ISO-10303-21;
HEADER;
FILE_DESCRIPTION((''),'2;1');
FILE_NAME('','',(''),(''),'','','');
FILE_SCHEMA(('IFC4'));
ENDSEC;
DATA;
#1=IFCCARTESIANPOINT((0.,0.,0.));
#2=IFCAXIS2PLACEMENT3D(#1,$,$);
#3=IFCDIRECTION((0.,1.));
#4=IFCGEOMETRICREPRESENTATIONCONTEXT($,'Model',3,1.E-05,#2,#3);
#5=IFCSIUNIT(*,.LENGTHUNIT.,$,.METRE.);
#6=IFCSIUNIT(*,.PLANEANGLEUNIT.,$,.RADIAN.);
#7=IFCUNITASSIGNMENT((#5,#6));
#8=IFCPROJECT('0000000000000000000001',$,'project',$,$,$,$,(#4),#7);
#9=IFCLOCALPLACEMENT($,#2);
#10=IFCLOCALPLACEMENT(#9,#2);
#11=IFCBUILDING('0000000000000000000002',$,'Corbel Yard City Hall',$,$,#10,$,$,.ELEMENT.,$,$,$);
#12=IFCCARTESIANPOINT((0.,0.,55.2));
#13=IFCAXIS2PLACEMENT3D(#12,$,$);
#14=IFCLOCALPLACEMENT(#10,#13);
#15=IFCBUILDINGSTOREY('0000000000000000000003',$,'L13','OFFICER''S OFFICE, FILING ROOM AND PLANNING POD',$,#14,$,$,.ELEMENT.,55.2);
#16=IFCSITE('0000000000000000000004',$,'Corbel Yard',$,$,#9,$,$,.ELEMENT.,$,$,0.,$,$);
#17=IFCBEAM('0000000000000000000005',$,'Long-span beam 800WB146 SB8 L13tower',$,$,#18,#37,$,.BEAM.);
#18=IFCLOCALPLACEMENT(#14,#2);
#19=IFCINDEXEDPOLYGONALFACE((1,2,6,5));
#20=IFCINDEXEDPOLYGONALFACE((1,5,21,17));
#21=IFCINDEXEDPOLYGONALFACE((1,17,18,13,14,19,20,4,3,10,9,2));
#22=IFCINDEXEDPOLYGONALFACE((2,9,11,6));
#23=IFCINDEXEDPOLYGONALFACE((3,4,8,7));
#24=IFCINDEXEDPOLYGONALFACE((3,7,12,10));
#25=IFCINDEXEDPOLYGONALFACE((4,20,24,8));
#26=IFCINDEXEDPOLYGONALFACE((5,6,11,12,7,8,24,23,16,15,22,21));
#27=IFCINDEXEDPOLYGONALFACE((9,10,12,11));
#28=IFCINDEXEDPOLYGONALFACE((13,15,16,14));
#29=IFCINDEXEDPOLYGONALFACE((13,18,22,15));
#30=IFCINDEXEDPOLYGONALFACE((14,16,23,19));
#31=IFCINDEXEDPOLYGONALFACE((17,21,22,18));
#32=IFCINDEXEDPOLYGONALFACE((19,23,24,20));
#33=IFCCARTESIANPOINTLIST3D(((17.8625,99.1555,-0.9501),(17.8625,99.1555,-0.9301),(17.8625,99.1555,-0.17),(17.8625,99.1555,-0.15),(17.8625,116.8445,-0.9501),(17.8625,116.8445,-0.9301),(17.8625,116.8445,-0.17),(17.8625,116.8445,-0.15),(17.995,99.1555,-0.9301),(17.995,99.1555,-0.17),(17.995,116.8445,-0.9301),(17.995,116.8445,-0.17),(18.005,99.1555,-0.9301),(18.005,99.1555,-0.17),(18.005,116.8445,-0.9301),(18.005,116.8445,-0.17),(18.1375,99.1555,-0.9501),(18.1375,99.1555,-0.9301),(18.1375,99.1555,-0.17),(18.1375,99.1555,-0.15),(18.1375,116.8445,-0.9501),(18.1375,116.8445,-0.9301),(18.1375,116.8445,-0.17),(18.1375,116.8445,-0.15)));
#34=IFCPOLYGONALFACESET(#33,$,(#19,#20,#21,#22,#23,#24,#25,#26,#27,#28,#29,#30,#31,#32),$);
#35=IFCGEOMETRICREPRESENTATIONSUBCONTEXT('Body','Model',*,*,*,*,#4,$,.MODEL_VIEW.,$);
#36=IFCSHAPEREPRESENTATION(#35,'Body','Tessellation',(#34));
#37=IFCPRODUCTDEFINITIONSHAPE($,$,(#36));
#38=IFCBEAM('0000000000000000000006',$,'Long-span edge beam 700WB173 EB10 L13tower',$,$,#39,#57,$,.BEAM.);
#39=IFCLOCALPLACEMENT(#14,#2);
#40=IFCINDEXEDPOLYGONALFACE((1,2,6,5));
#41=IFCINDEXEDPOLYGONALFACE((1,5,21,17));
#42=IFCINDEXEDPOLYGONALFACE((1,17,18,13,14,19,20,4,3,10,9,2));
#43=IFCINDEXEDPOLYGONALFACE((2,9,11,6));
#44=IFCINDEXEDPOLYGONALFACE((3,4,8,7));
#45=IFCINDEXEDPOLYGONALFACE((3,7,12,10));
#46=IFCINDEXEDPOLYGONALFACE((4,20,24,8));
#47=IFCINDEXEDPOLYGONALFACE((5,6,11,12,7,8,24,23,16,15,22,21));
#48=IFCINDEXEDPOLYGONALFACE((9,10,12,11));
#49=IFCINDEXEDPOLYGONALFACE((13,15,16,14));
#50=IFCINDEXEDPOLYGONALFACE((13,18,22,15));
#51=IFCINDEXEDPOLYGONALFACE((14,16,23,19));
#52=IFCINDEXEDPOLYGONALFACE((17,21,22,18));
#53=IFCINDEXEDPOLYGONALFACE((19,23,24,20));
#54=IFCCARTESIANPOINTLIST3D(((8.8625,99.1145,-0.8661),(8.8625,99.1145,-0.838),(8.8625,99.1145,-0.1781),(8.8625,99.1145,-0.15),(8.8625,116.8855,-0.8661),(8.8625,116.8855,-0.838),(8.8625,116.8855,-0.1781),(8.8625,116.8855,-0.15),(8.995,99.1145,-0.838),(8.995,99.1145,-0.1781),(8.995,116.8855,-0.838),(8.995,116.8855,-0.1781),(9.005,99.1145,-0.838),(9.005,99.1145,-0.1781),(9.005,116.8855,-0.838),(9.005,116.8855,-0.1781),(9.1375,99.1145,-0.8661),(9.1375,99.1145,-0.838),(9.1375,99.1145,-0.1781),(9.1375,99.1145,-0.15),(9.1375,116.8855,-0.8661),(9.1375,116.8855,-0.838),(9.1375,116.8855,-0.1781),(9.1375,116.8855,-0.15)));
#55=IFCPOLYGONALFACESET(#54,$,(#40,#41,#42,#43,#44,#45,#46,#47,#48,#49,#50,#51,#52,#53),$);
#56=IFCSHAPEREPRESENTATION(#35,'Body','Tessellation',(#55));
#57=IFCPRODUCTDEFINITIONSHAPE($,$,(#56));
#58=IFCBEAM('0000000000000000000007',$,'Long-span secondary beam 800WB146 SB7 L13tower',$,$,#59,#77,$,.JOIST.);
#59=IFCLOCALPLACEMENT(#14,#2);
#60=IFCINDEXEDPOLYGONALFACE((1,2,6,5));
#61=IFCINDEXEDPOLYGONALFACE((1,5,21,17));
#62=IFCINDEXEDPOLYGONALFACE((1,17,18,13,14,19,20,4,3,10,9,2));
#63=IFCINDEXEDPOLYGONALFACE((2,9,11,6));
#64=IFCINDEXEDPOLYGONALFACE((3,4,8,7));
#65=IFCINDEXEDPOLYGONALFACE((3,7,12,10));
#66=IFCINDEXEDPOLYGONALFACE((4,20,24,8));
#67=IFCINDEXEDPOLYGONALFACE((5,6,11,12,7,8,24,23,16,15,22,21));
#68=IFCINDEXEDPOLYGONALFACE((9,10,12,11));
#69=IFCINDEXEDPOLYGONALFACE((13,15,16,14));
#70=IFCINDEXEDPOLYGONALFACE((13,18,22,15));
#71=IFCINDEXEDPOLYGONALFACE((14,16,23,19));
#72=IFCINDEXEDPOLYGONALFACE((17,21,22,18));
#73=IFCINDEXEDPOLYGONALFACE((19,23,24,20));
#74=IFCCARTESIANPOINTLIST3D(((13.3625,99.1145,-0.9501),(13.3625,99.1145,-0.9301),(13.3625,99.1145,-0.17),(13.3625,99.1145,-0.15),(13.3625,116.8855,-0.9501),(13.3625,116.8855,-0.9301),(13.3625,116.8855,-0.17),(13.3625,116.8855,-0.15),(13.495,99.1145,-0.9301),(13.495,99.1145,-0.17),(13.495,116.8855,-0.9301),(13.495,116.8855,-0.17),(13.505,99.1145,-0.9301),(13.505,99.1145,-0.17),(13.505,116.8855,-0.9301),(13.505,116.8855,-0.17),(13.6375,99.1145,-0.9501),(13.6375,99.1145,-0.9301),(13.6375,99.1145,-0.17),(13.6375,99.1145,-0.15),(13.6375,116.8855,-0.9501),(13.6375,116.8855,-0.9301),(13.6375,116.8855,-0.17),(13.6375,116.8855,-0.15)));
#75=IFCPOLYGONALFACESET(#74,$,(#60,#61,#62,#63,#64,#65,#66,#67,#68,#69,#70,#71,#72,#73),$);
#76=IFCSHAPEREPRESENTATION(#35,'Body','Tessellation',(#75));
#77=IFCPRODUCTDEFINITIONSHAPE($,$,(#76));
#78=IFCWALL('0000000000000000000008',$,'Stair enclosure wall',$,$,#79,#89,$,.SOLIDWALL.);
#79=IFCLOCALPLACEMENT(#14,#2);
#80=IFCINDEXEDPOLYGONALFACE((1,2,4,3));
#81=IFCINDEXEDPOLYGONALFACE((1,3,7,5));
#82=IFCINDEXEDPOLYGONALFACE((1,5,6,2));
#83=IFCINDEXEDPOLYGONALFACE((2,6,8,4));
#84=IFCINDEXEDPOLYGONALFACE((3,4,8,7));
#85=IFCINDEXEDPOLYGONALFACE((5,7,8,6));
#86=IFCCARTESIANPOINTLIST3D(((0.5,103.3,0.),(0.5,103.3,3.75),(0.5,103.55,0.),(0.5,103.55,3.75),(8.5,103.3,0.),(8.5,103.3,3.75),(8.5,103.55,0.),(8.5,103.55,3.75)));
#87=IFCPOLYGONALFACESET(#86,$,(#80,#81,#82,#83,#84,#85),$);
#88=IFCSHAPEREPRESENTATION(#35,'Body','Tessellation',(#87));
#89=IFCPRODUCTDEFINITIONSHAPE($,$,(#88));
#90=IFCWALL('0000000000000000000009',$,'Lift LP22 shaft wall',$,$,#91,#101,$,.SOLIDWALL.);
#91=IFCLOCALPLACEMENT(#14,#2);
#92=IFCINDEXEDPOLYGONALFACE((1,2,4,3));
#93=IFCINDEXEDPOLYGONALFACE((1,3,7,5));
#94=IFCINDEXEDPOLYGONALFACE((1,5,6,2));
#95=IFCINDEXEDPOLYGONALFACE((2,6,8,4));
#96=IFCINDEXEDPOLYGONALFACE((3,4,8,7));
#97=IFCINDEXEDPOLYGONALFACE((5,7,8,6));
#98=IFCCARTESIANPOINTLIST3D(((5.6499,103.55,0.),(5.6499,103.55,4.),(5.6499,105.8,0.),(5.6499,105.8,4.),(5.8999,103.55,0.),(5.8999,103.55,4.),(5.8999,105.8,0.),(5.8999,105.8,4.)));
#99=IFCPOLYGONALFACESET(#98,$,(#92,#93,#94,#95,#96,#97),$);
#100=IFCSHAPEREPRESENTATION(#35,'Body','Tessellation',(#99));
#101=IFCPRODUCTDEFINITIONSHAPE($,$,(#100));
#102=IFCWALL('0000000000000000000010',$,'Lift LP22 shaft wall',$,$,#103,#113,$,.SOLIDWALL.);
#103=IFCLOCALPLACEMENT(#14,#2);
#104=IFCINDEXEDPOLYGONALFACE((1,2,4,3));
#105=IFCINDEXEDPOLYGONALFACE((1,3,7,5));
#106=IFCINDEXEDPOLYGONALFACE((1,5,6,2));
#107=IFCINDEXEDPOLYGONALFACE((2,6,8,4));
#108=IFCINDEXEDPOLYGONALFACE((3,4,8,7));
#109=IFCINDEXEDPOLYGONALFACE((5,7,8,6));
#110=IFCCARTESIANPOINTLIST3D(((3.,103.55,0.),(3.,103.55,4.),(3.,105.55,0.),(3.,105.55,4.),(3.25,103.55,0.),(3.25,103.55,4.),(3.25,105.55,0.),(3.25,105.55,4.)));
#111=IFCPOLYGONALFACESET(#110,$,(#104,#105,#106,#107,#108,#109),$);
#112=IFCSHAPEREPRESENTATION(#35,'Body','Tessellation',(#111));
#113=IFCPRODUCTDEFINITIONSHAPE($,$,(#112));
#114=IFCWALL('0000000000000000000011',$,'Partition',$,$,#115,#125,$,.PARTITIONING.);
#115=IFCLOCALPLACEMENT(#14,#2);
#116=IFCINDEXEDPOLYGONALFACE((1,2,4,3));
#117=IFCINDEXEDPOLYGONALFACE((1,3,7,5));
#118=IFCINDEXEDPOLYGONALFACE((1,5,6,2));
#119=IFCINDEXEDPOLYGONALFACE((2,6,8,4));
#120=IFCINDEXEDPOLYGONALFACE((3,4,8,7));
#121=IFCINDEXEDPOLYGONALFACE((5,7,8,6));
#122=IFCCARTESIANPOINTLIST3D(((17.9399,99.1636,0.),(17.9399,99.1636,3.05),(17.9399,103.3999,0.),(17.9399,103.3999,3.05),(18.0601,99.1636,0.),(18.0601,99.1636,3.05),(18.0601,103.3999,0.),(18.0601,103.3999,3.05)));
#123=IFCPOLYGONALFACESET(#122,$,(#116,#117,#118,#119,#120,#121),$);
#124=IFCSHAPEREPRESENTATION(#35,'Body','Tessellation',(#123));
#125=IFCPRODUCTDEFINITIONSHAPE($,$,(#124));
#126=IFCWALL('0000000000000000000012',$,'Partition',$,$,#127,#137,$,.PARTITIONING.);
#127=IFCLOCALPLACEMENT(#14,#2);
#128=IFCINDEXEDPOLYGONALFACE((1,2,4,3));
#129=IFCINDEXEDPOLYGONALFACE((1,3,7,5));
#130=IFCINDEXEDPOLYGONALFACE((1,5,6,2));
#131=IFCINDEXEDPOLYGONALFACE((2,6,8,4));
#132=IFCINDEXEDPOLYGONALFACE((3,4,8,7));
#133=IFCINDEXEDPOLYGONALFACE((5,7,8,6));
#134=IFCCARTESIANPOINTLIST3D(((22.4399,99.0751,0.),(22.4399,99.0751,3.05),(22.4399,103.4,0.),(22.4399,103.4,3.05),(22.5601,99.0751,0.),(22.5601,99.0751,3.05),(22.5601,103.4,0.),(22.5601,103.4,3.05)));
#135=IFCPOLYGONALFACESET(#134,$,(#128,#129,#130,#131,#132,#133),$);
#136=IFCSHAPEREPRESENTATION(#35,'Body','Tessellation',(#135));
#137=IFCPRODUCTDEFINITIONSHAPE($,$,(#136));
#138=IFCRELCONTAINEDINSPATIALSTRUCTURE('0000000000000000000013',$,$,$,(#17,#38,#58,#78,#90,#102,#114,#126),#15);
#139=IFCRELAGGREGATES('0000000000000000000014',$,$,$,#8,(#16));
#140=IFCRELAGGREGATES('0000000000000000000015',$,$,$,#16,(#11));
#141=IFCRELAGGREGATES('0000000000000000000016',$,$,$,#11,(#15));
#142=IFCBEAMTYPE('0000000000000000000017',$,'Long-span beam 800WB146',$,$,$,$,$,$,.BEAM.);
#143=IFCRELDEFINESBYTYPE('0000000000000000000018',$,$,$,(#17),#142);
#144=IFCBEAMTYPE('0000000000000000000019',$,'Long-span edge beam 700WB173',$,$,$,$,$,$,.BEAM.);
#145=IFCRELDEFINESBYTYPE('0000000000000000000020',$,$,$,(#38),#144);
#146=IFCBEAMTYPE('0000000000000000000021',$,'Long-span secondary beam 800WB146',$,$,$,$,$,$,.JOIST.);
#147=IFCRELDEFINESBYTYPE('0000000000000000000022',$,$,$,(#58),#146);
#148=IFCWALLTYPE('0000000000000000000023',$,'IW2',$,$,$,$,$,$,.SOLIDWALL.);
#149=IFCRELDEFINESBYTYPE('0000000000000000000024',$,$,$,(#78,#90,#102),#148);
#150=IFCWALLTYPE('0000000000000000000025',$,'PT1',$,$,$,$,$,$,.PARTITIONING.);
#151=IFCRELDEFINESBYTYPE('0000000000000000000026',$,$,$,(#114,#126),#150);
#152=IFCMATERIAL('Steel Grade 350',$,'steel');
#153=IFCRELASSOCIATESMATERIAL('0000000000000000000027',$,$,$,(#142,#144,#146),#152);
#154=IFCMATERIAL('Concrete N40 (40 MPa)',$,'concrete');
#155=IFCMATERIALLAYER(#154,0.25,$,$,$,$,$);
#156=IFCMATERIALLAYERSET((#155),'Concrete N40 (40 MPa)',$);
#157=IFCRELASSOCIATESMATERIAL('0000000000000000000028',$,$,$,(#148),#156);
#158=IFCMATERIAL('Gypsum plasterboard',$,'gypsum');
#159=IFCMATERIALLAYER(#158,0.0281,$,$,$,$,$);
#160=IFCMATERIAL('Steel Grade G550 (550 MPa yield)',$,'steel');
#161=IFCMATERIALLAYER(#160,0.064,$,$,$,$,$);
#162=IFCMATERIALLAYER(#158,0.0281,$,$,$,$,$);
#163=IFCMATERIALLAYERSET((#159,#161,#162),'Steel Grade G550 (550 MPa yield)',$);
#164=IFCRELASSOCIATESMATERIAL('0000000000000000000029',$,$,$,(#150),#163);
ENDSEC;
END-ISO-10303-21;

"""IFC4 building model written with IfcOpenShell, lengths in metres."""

from ifc_helpers import new_model, si_unit, direction, frame, frame_2d, origin, origin_2d, place, context, subcontext, project, spatial, rectangle, i_section, extrude, material, layer, layer_set, material_profile, profile_set, type_object, element, save


model = new_model("IFC4")

# Units and contexts
model_context = context("Model", 3, precision=1e-05, world=origin(), true_north=direction((0.0, 1.0)))
body_context = subcontext(model_context, "Body", "Model", "MODEL_VIEW")
ifc_project = project(units=[si_unit("LENGTHUNIT", "METRE"), si_unit("PLANEANGLEUNIT", "RADIAN")], contexts=[model_context])

# Site, building, storey
site_placement = place(None, origin())
site = spatial("IfcSite", under=ifc_project, at=site_placement, Name="Corbel Yard", CompositionType="ELEMENT", RefElevation=0.0)
building_placement = place(site_placement, origin())
building = spatial("IfcBuilding", under=site, at=building_placement, Name="Corbel Yard City Hall", CompositionType="ELEMENT")
storey_placement = place(building_placement, frame((0.0, 0.0, 55.2)))
storey = spatial("IfcBuildingStorey", under=building, at=storey_placement, Name="L13", Description="OFFICER'S OFFICE, FILING ROOM AND PLANNING POD", CompositionType="ELEMENT", Elevation=55.2)

# Beams
ifc_material_1 = material(Name="Steel Grade 350", Category="steel")
ifc_material_profile_1 = material_profile(ifc_material_1, i_section(OverallWidth=0.2749, OverallDepth=0.8, WebThickness=0.01, FlangeThickness=0.02, at=origin_2d()), Name="800WB146")
ifc_profile_set_1 = profile_set([ifc_material_profile_1], Name="Steel Grade 350")
beam_type_1 = type_object("IfcBeamType", Name="Long-span beam 800WB146", PredefinedType="BEAM", material=ifc_profile_set_1)
beam_1_placement = place(storey_placement, frame((18.0, 99.1555, -0.55), z_axis=(0.0, 1.0, 0.0), x_axis=(-1.0, 0.0, 0.0)))
element("IfcBeam", 1, at=beam_1_placement, inside=storey, type_object=beam_type_1, Name="Long-span beam 800WB146 SB8 L13tower", PredefinedType="BEAM", context=body_context, shape_type="SweptSolid", body=[
    extrude(i_section(OverallWidth=0.2749, OverallDepth=0.8, WebThickness=0.01, FlangeThickness=0.02, at=origin_2d()), origin(), (0.0, 0.0, 1.0), 17.689),
])
ifc_material_profile_2 = material_profile(ifc_material_1, i_section(OverallWidth=0.2749, OverallDepth=0.7161, WebThickness=0.01, FlangeThickness=0.0281, at=origin_2d()), Name="700WB173")
ifc_profile_set_2 = profile_set([ifc_material_profile_2], Name="Steel Grade 350")
beam_type_2 = type_object("IfcBeamType", Name="Long-span edge beam 700WB173", PredefinedType="BEAM", material=ifc_profile_set_2)
beam_2_placement = place(storey_placement, frame((9.0, 99.1145, -0.5081), z_axis=(0.0, 1.0, 0.0), x_axis=(-1.0, 0.0, 0.0)))
element("IfcBeam", 2, at=beam_2_placement, inside=storey, type_object=beam_type_2, Name="Long-span edge beam 700WB173 EB10 L13tower", PredefinedType="BEAM", context=body_context, shape_type="SweptSolid", body=[
    extrude(i_section(OverallWidth=0.2749, OverallDepth=0.7161, WebThickness=0.01, FlangeThickness=0.0281, at=origin_2d()), origin(), (0.0, 0.0, 1.0), 17.771),
])
ifc_material_profile_3 = material_profile(ifc_material_1, i_section(OverallWidth=0.2749, OverallDepth=0.8, WebThickness=0.01, FlangeThickness=0.02, at=origin_2d()), Name="800WB146")
ifc_profile_set_3 = profile_set([ifc_material_profile_3], Name="Steel Grade 350")
beam_type_3 = type_object("IfcBeamType", Name="Long-span secondary beam 800WB146", PredefinedType="JOIST", material=ifc_profile_set_3)
beam_3_placement = place(storey_placement, frame((13.5, 99.1145, -0.55), z_axis=(0.0, 1.0, 0.0), x_axis=(-1.0, 0.0, 0.0)))
element("IfcBeam", 3, at=beam_3_placement, inside=storey, type_object=beam_type_3, Name="Long-span secondary beam 800WB146 SB7 L13tower", PredefinedType="JOIST", context=body_context, shape_type="SweptSolid", body=[
    extrude(i_section(OverallWidth=0.2749, OverallDepth=0.8, WebThickness=0.01, FlangeThickness=0.02, at=origin_2d()), origin(), (0.0, 0.0, 1.0), 17.771),
])

# Walls
ifc_material_2 = material(Name="Concrete N40 (40 MPa)", Category="concrete")
ifc_layer_1 = layer(ifc_material_2, 0.25)
ifc_layer_set_1 = layer_set([ifc_layer_1], Name="Concrete N40 (40 MPa)")
wall_type_1 = type_object("IfcWallType", Name="IW2", PredefinedType="SOLIDWALL", material=ifc_layer_set_1)
wall_1_placement = place(storey_placement, frame((8.5, 103.425, 0.0), z_axis=(0.0, 0.0, 1.0), x_axis=(-1.0, 0.0, 0.0)))
element("IfcWall", 4, at=wall_1_placement, inside=storey, type_object=wall_type_1, Name="Stair enclosure wall", PredefinedType="SOLIDWALL", context=body_context, shape_type="SweptSolid", body=[
    extrude(rectangle(XDim=8.0, YDim=0.25, at=frame_2d((4.0, 0.0))), origin(), (0.0, 0.0, 1.0), 3.75),
])
wall_2_placement = place(storey_placement, frame((5.7749, 103.55, 0.0), z_axis=(0.0, 0.0, 1.0), x_axis=(0.0, 1.0, 0.0)))
element("IfcWall", 5, at=wall_2_placement, inside=storey, type_object=wall_type_1, Name="Lift LP22 shaft wall", PredefinedType="SOLIDWALL", context=body_context, shape_type="SweptSolid", body=[
    extrude(rectangle(XDim=2.25, YDim=0.25, at=frame_2d((1.125, 0.0))), origin(), (0.0, 0.0, 1.0), 4.0),
])
wall_3_placement = place(storey_placement, frame((3.125, 103.55, 0.0), z_axis=(0.0, 0.0, 1.0), x_axis=(0.0, 1.0, 0.0)))
element("IfcWall", 6, at=wall_3_placement, inside=storey, type_object=wall_type_1, Name="Lift LP22 shaft wall", PredefinedType="SOLIDWALL", context=body_context, shape_type="SweptSolid", body=[
    extrude(rectangle(XDim=2.0, YDim=0.25, at=frame_2d((1.0, 0.0))), origin(), (0.0, 0.0, 1.0), 4.0),
])
ifc_material_3 = material(Name="Gypsum plasterboard", Category="gypsum")
ifc_layer_2 = layer(ifc_material_3, 0.0281)
ifc_material_4 = material(Name="Steel Grade G550 (550 MPa yield)", Category="steel")
ifc_layer_3 = layer(ifc_material_4, 0.064)
ifc_layer_4 = layer(ifc_material_3, 0.0281)
ifc_layer_set_2 = layer_set([ifc_layer_2, ifc_layer_3, ifc_layer_4], Name="Steel Grade G550 (550 MPa yield)")
wall_type_2 = type_object("IfcWallType", Name="PT1", PredefinedType="PARTITIONING", material=ifc_layer_set_2)
wall_4_placement = place(storey_placement, frame((18.0, 99.1636, 0.0), z_axis=(0.0, 0.0, 1.0), x_axis=(0.0, 1.0, 0.0)))
element("IfcWall", 7, at=wall_4_placement, inside=storey, type_object=wall_type_2, Name="Partition", PredefinedType="PARTITIONING", context=body_context, shape_type="SweptSolid", body=[
    extrude(rectangle(XDim=4.2363, YDim=0.1201, at=frame_2d((2.1182, 0.0))), origin(), (0.0, 0.0, 1.0), 3.05),
])
wall_5_placement = place(storey_placement, frame((22.5, 99.075, 0.0), z_axis=(0.0, 0.0, 1.0), x_axis=(0.0, 1.0, 0.0)))
element("IfcWall", 8, at=wall_5_placement, inside=storey, type_object=wall_type_2, Name="Partition", PredefinedType="PARTITIONING", context=body_context, shape_type="SweptSolid", body=[
    extrude(rectangle(XDim=4.325, YDim=0.1201, at=frame_2d((2.1626, 0.0))), origin(), (0.0, 0.0, 1.0), 3.05),
])

save(model, "model.ifc")
